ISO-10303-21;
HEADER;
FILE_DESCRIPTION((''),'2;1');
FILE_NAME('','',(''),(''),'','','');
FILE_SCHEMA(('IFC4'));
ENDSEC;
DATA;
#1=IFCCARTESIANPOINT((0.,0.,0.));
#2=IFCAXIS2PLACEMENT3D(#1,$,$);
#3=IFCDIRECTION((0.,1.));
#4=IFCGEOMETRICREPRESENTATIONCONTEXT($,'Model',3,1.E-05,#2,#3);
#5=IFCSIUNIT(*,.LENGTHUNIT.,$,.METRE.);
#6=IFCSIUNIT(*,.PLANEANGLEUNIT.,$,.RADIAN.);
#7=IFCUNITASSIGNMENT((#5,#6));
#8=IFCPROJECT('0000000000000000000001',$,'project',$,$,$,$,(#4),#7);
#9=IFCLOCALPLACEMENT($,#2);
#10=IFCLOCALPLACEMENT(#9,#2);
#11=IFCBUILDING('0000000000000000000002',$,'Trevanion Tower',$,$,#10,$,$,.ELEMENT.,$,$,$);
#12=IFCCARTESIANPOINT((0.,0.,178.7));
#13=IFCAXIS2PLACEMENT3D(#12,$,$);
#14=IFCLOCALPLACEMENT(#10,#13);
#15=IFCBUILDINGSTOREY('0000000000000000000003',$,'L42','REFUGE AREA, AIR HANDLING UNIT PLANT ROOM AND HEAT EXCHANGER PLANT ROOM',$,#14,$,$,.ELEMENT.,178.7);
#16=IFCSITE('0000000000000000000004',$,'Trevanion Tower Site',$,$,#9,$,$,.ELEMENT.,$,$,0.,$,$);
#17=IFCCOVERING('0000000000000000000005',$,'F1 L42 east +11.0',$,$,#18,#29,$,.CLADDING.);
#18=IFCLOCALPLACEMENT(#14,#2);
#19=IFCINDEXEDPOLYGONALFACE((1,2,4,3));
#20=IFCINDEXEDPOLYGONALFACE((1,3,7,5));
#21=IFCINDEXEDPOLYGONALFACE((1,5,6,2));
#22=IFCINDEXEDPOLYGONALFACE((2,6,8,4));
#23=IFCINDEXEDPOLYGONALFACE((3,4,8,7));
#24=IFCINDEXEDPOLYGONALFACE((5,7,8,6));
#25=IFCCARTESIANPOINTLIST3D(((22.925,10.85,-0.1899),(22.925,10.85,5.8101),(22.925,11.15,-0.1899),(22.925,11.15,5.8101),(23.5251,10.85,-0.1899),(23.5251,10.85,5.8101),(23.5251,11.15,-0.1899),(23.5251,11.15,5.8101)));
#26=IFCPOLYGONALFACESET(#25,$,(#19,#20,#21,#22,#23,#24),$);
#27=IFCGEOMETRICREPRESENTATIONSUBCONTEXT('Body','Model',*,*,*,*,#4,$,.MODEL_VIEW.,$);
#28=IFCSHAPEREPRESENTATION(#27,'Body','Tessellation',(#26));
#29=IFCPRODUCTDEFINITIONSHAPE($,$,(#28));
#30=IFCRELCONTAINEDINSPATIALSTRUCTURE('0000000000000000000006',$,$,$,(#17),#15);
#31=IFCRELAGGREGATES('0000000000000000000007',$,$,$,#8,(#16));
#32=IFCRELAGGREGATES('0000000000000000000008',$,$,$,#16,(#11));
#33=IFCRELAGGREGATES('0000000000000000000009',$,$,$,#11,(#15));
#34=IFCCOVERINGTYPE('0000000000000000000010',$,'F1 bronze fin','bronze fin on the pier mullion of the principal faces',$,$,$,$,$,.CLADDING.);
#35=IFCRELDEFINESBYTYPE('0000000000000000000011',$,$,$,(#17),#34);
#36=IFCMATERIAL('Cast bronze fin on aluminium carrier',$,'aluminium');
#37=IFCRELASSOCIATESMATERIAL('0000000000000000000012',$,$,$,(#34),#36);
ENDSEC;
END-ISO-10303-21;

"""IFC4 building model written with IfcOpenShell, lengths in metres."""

from ifc_helpers import new_model, si_unit, direction, frame, origin, origin_2d, place, context, subcontext, project, spatial, rectangle, extrude, material, type_object, element, save


model = new_model("IFC4")

# Units and contexts
model_context = context("Model", 3, precision=1e-05, world=origin(), true_north=direction((0.0, 1.0)))
body_context = subcontext(model_context, "Body", "Model", "MODEL_VIEW")
ifc_project = project(units=[si_unit("LENGTHUNIT", "METRE"), si_unit("PLANEANGLEUNIT", "RADIAN")], contexts=[model_context])

# Site, building, storey
site_placement = place(None, origin())
site = spatial("IfcSite", under=ifc_project, at=site_placement, Name="Trevanion Tower Site", CompositionType="ELEMENT", RefElevation=0.0)
building_placement = place(site_placement, origin())
building = spatial("IfcBuilding", under=site, at=building_placement, Name="Trevanion Tower", CompositionType="ELEMENT")
storey_placement = place(building_placement, frame((0.0, 0.0, 178.7)))
storey = spatial("IfcBuildingStorey", under=building, at=storey_placement, Name="L42", Description="REFUGE AREA, AIR HANDLING UNIT PLANT ROOM AND HEAT EXCHANGER PLANT ROOM", CompositionType="ELEMENT", Elevation=178.7)

# Covering
ifc_material_1 = material(Name="Cast bronze fin on aluminium carrier", Category="aluminium")
covering_type = type_object("IfcCoveringType", Name="F1 bronze fin", Description="bronze fin on the pier mullion of the principal faces", PredefinedType="CLADDING", material=ifc_material_1)
covering_placement = place(storey_placement, frame((23.2251, 11.0, -0.1899), z_axis=(0.0, 0.0, 1.0), x_axis=(0.0, 1.0, 0.0)))
element("IfcCovering", 1, at=covering_placement, inside=storey, type_object=covering_type, Name="F1 L42 east +11.0", PredefinedType="CLADDING", context=body_context, shape_type="SweptSolid", body=[
    extrude(rectangle(XDim=0.3, YDim=0.6001, at=origin_2d()), origin(), (0.0, 0.0, 1.0), 6.0),
])

save(model, "model.ifc")
